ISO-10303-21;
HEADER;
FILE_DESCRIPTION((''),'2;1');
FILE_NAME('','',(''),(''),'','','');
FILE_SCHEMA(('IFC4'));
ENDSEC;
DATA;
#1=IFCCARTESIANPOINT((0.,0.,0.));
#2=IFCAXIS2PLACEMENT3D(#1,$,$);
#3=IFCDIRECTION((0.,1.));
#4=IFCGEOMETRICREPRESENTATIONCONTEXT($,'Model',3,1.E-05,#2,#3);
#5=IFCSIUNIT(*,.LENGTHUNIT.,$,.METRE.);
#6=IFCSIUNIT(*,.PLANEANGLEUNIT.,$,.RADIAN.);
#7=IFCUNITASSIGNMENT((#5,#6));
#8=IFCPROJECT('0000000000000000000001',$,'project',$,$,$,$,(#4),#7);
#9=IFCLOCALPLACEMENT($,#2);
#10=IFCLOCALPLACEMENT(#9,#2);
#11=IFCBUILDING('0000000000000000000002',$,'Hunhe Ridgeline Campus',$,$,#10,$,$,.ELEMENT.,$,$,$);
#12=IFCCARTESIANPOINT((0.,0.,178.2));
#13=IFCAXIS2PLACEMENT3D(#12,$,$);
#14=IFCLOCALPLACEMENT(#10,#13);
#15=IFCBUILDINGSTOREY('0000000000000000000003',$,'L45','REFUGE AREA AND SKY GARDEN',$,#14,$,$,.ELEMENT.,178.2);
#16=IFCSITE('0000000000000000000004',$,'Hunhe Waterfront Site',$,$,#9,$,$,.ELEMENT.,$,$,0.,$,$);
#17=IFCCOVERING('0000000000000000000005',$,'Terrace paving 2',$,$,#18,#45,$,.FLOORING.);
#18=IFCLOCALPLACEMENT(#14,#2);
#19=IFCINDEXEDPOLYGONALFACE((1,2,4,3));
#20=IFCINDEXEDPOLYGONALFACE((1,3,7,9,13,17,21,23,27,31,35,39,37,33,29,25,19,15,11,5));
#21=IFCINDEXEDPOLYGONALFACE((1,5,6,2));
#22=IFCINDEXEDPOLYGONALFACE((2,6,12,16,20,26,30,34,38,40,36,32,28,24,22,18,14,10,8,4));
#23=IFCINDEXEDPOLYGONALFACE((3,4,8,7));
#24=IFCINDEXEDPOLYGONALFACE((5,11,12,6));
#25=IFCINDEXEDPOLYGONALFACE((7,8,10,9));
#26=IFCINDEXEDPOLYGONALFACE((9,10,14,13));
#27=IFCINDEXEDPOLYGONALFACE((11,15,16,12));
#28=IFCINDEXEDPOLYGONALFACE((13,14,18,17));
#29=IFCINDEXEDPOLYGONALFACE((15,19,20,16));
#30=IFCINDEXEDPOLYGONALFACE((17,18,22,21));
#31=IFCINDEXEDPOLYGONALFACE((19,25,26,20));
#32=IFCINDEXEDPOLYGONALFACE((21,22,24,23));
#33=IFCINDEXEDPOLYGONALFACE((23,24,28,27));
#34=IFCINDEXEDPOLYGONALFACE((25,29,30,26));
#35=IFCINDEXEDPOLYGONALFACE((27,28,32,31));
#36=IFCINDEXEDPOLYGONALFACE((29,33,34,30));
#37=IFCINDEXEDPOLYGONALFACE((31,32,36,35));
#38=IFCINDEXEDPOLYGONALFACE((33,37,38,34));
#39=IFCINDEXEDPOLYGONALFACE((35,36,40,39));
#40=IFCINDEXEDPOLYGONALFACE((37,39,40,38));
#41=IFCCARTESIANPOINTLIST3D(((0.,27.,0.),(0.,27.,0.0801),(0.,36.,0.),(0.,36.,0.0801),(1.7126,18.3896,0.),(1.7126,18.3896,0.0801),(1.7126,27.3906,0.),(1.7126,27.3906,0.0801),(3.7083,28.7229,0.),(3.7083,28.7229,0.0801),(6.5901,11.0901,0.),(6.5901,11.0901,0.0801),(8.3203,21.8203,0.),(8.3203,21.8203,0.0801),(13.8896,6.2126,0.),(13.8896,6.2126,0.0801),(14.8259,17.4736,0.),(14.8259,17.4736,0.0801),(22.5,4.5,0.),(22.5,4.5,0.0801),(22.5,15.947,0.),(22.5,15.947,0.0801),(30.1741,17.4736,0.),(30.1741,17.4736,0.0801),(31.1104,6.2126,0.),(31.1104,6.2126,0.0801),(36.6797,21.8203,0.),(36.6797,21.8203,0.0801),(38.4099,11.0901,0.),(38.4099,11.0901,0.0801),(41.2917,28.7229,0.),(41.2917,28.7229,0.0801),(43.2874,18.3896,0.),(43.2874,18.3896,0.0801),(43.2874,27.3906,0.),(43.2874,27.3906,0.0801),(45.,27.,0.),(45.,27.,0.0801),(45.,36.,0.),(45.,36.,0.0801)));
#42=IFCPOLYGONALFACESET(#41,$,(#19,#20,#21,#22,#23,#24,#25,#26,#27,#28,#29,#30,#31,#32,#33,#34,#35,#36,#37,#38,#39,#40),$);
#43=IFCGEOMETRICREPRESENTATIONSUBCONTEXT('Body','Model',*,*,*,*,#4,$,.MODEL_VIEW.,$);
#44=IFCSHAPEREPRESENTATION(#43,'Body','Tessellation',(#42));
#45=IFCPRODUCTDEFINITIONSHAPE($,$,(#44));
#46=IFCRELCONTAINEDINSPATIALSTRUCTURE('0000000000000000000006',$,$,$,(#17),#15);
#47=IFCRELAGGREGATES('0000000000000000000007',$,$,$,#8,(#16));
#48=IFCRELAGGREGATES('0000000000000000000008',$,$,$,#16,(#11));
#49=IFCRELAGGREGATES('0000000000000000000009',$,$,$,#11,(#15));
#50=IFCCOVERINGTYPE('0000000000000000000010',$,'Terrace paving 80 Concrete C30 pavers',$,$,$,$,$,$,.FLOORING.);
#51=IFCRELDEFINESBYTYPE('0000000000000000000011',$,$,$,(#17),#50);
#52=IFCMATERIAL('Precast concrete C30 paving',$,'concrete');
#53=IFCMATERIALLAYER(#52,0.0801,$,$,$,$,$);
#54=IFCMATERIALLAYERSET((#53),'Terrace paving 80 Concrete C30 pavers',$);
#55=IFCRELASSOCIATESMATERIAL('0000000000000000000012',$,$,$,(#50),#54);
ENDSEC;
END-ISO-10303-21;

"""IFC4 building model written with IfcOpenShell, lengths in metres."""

from ifc_helpers import new_model, si_unit, direction, frame, origin, place, context, subcontext, project, spatial, polyline, outline, extrude, material, layer, layer_set, type_object, element, save


model = new_model("IFC4")

# Units and contexts
model_context = context("Model", 3, precision=1e-05, world=origin(), true_north=direction((0.0, 1.0)))
body_context = subcontext(model_context, "Body", "Model", "MODEL_VIEW")
ifc_project = project(units=[si_unit("LENGTHUNIT", "METRE"), si_unit("PLANEANGLEUNIT", "RADIAN")], contexts=[model_context])

# Site, building, storey
site_placement = place(None, origin())
site = spatial("IfcSite", under=ifc_project, at=site_placement, Name="Hunhe Waterfront Site", CompositionType="ELEMENT", RefElevation=0.0)
building_placement = place(site_placement, origin())
building = spatial("IfcBuilding", under=site, at=building_placement, Name="Hunhe Ridgeline Campus", CompositionType="ELEMENT")
storey_placement = place(building_placement, frame((0.0, 0.0, 178.2)))
storey = spatial("IfcBuildingStorey", under=building, at=storey_placement, Name="L45", Description="REFUGE AREA AND SKY GARDEN", CompositionType="ELEMENT", Elevation=178.2)

# Covering
ifc_material_1 = material(Name="Precast concrete C30 paving", Category="concrete")
ifc_layer_1 = layer(ifc_material_1, 0.0801)
ifc_layer_set_1 = layer_set([ifc_layer_1], Name="Terrace paving 80 Concrete C30 pavers")
covering_type_1 = type_object("IfcCoveringType", Name="Terrace paving 80 Concrete C30 pavers", PredefinedType="FLOORING", material=ifc_layer_set_1)
covering_1_placement = place(storey_placement, origin())
element("IfcCovering", 1, at=covering_1_placement, inside=storey, type_object=covering_type_1, Name="Terrace paving 2", PredefinedType="FLOORING", context=body_context, shape_type="SweptSolid", body=[
    extrude(outline(polyline([(0.0, 27.0), (1.7126, 18.3896), (6.5901, 11.0901), (13.8896, 6.2126), (22.5, 4.5), (31.1104, 6.2126), (38.4099, 11.0901), (43.2874, 18.3896), (45.0, 27.0), (45.0, 36.0), (43.2874, 27.3906), (41.2917, 28.7229), (36.6797, 21.8203), (30.1741, 17.4736), (22.5, 15.947), (14.8259, 17.4736), (8.3203, 21.8203), (3.7083, 28.7229), (1.7126, 27.3906), (0.0, 36.0), (0.0, 27.0)])), origin(), (0.0, 0.0, 1.0), 0.0801),
])

save(model, "model.ifc")
